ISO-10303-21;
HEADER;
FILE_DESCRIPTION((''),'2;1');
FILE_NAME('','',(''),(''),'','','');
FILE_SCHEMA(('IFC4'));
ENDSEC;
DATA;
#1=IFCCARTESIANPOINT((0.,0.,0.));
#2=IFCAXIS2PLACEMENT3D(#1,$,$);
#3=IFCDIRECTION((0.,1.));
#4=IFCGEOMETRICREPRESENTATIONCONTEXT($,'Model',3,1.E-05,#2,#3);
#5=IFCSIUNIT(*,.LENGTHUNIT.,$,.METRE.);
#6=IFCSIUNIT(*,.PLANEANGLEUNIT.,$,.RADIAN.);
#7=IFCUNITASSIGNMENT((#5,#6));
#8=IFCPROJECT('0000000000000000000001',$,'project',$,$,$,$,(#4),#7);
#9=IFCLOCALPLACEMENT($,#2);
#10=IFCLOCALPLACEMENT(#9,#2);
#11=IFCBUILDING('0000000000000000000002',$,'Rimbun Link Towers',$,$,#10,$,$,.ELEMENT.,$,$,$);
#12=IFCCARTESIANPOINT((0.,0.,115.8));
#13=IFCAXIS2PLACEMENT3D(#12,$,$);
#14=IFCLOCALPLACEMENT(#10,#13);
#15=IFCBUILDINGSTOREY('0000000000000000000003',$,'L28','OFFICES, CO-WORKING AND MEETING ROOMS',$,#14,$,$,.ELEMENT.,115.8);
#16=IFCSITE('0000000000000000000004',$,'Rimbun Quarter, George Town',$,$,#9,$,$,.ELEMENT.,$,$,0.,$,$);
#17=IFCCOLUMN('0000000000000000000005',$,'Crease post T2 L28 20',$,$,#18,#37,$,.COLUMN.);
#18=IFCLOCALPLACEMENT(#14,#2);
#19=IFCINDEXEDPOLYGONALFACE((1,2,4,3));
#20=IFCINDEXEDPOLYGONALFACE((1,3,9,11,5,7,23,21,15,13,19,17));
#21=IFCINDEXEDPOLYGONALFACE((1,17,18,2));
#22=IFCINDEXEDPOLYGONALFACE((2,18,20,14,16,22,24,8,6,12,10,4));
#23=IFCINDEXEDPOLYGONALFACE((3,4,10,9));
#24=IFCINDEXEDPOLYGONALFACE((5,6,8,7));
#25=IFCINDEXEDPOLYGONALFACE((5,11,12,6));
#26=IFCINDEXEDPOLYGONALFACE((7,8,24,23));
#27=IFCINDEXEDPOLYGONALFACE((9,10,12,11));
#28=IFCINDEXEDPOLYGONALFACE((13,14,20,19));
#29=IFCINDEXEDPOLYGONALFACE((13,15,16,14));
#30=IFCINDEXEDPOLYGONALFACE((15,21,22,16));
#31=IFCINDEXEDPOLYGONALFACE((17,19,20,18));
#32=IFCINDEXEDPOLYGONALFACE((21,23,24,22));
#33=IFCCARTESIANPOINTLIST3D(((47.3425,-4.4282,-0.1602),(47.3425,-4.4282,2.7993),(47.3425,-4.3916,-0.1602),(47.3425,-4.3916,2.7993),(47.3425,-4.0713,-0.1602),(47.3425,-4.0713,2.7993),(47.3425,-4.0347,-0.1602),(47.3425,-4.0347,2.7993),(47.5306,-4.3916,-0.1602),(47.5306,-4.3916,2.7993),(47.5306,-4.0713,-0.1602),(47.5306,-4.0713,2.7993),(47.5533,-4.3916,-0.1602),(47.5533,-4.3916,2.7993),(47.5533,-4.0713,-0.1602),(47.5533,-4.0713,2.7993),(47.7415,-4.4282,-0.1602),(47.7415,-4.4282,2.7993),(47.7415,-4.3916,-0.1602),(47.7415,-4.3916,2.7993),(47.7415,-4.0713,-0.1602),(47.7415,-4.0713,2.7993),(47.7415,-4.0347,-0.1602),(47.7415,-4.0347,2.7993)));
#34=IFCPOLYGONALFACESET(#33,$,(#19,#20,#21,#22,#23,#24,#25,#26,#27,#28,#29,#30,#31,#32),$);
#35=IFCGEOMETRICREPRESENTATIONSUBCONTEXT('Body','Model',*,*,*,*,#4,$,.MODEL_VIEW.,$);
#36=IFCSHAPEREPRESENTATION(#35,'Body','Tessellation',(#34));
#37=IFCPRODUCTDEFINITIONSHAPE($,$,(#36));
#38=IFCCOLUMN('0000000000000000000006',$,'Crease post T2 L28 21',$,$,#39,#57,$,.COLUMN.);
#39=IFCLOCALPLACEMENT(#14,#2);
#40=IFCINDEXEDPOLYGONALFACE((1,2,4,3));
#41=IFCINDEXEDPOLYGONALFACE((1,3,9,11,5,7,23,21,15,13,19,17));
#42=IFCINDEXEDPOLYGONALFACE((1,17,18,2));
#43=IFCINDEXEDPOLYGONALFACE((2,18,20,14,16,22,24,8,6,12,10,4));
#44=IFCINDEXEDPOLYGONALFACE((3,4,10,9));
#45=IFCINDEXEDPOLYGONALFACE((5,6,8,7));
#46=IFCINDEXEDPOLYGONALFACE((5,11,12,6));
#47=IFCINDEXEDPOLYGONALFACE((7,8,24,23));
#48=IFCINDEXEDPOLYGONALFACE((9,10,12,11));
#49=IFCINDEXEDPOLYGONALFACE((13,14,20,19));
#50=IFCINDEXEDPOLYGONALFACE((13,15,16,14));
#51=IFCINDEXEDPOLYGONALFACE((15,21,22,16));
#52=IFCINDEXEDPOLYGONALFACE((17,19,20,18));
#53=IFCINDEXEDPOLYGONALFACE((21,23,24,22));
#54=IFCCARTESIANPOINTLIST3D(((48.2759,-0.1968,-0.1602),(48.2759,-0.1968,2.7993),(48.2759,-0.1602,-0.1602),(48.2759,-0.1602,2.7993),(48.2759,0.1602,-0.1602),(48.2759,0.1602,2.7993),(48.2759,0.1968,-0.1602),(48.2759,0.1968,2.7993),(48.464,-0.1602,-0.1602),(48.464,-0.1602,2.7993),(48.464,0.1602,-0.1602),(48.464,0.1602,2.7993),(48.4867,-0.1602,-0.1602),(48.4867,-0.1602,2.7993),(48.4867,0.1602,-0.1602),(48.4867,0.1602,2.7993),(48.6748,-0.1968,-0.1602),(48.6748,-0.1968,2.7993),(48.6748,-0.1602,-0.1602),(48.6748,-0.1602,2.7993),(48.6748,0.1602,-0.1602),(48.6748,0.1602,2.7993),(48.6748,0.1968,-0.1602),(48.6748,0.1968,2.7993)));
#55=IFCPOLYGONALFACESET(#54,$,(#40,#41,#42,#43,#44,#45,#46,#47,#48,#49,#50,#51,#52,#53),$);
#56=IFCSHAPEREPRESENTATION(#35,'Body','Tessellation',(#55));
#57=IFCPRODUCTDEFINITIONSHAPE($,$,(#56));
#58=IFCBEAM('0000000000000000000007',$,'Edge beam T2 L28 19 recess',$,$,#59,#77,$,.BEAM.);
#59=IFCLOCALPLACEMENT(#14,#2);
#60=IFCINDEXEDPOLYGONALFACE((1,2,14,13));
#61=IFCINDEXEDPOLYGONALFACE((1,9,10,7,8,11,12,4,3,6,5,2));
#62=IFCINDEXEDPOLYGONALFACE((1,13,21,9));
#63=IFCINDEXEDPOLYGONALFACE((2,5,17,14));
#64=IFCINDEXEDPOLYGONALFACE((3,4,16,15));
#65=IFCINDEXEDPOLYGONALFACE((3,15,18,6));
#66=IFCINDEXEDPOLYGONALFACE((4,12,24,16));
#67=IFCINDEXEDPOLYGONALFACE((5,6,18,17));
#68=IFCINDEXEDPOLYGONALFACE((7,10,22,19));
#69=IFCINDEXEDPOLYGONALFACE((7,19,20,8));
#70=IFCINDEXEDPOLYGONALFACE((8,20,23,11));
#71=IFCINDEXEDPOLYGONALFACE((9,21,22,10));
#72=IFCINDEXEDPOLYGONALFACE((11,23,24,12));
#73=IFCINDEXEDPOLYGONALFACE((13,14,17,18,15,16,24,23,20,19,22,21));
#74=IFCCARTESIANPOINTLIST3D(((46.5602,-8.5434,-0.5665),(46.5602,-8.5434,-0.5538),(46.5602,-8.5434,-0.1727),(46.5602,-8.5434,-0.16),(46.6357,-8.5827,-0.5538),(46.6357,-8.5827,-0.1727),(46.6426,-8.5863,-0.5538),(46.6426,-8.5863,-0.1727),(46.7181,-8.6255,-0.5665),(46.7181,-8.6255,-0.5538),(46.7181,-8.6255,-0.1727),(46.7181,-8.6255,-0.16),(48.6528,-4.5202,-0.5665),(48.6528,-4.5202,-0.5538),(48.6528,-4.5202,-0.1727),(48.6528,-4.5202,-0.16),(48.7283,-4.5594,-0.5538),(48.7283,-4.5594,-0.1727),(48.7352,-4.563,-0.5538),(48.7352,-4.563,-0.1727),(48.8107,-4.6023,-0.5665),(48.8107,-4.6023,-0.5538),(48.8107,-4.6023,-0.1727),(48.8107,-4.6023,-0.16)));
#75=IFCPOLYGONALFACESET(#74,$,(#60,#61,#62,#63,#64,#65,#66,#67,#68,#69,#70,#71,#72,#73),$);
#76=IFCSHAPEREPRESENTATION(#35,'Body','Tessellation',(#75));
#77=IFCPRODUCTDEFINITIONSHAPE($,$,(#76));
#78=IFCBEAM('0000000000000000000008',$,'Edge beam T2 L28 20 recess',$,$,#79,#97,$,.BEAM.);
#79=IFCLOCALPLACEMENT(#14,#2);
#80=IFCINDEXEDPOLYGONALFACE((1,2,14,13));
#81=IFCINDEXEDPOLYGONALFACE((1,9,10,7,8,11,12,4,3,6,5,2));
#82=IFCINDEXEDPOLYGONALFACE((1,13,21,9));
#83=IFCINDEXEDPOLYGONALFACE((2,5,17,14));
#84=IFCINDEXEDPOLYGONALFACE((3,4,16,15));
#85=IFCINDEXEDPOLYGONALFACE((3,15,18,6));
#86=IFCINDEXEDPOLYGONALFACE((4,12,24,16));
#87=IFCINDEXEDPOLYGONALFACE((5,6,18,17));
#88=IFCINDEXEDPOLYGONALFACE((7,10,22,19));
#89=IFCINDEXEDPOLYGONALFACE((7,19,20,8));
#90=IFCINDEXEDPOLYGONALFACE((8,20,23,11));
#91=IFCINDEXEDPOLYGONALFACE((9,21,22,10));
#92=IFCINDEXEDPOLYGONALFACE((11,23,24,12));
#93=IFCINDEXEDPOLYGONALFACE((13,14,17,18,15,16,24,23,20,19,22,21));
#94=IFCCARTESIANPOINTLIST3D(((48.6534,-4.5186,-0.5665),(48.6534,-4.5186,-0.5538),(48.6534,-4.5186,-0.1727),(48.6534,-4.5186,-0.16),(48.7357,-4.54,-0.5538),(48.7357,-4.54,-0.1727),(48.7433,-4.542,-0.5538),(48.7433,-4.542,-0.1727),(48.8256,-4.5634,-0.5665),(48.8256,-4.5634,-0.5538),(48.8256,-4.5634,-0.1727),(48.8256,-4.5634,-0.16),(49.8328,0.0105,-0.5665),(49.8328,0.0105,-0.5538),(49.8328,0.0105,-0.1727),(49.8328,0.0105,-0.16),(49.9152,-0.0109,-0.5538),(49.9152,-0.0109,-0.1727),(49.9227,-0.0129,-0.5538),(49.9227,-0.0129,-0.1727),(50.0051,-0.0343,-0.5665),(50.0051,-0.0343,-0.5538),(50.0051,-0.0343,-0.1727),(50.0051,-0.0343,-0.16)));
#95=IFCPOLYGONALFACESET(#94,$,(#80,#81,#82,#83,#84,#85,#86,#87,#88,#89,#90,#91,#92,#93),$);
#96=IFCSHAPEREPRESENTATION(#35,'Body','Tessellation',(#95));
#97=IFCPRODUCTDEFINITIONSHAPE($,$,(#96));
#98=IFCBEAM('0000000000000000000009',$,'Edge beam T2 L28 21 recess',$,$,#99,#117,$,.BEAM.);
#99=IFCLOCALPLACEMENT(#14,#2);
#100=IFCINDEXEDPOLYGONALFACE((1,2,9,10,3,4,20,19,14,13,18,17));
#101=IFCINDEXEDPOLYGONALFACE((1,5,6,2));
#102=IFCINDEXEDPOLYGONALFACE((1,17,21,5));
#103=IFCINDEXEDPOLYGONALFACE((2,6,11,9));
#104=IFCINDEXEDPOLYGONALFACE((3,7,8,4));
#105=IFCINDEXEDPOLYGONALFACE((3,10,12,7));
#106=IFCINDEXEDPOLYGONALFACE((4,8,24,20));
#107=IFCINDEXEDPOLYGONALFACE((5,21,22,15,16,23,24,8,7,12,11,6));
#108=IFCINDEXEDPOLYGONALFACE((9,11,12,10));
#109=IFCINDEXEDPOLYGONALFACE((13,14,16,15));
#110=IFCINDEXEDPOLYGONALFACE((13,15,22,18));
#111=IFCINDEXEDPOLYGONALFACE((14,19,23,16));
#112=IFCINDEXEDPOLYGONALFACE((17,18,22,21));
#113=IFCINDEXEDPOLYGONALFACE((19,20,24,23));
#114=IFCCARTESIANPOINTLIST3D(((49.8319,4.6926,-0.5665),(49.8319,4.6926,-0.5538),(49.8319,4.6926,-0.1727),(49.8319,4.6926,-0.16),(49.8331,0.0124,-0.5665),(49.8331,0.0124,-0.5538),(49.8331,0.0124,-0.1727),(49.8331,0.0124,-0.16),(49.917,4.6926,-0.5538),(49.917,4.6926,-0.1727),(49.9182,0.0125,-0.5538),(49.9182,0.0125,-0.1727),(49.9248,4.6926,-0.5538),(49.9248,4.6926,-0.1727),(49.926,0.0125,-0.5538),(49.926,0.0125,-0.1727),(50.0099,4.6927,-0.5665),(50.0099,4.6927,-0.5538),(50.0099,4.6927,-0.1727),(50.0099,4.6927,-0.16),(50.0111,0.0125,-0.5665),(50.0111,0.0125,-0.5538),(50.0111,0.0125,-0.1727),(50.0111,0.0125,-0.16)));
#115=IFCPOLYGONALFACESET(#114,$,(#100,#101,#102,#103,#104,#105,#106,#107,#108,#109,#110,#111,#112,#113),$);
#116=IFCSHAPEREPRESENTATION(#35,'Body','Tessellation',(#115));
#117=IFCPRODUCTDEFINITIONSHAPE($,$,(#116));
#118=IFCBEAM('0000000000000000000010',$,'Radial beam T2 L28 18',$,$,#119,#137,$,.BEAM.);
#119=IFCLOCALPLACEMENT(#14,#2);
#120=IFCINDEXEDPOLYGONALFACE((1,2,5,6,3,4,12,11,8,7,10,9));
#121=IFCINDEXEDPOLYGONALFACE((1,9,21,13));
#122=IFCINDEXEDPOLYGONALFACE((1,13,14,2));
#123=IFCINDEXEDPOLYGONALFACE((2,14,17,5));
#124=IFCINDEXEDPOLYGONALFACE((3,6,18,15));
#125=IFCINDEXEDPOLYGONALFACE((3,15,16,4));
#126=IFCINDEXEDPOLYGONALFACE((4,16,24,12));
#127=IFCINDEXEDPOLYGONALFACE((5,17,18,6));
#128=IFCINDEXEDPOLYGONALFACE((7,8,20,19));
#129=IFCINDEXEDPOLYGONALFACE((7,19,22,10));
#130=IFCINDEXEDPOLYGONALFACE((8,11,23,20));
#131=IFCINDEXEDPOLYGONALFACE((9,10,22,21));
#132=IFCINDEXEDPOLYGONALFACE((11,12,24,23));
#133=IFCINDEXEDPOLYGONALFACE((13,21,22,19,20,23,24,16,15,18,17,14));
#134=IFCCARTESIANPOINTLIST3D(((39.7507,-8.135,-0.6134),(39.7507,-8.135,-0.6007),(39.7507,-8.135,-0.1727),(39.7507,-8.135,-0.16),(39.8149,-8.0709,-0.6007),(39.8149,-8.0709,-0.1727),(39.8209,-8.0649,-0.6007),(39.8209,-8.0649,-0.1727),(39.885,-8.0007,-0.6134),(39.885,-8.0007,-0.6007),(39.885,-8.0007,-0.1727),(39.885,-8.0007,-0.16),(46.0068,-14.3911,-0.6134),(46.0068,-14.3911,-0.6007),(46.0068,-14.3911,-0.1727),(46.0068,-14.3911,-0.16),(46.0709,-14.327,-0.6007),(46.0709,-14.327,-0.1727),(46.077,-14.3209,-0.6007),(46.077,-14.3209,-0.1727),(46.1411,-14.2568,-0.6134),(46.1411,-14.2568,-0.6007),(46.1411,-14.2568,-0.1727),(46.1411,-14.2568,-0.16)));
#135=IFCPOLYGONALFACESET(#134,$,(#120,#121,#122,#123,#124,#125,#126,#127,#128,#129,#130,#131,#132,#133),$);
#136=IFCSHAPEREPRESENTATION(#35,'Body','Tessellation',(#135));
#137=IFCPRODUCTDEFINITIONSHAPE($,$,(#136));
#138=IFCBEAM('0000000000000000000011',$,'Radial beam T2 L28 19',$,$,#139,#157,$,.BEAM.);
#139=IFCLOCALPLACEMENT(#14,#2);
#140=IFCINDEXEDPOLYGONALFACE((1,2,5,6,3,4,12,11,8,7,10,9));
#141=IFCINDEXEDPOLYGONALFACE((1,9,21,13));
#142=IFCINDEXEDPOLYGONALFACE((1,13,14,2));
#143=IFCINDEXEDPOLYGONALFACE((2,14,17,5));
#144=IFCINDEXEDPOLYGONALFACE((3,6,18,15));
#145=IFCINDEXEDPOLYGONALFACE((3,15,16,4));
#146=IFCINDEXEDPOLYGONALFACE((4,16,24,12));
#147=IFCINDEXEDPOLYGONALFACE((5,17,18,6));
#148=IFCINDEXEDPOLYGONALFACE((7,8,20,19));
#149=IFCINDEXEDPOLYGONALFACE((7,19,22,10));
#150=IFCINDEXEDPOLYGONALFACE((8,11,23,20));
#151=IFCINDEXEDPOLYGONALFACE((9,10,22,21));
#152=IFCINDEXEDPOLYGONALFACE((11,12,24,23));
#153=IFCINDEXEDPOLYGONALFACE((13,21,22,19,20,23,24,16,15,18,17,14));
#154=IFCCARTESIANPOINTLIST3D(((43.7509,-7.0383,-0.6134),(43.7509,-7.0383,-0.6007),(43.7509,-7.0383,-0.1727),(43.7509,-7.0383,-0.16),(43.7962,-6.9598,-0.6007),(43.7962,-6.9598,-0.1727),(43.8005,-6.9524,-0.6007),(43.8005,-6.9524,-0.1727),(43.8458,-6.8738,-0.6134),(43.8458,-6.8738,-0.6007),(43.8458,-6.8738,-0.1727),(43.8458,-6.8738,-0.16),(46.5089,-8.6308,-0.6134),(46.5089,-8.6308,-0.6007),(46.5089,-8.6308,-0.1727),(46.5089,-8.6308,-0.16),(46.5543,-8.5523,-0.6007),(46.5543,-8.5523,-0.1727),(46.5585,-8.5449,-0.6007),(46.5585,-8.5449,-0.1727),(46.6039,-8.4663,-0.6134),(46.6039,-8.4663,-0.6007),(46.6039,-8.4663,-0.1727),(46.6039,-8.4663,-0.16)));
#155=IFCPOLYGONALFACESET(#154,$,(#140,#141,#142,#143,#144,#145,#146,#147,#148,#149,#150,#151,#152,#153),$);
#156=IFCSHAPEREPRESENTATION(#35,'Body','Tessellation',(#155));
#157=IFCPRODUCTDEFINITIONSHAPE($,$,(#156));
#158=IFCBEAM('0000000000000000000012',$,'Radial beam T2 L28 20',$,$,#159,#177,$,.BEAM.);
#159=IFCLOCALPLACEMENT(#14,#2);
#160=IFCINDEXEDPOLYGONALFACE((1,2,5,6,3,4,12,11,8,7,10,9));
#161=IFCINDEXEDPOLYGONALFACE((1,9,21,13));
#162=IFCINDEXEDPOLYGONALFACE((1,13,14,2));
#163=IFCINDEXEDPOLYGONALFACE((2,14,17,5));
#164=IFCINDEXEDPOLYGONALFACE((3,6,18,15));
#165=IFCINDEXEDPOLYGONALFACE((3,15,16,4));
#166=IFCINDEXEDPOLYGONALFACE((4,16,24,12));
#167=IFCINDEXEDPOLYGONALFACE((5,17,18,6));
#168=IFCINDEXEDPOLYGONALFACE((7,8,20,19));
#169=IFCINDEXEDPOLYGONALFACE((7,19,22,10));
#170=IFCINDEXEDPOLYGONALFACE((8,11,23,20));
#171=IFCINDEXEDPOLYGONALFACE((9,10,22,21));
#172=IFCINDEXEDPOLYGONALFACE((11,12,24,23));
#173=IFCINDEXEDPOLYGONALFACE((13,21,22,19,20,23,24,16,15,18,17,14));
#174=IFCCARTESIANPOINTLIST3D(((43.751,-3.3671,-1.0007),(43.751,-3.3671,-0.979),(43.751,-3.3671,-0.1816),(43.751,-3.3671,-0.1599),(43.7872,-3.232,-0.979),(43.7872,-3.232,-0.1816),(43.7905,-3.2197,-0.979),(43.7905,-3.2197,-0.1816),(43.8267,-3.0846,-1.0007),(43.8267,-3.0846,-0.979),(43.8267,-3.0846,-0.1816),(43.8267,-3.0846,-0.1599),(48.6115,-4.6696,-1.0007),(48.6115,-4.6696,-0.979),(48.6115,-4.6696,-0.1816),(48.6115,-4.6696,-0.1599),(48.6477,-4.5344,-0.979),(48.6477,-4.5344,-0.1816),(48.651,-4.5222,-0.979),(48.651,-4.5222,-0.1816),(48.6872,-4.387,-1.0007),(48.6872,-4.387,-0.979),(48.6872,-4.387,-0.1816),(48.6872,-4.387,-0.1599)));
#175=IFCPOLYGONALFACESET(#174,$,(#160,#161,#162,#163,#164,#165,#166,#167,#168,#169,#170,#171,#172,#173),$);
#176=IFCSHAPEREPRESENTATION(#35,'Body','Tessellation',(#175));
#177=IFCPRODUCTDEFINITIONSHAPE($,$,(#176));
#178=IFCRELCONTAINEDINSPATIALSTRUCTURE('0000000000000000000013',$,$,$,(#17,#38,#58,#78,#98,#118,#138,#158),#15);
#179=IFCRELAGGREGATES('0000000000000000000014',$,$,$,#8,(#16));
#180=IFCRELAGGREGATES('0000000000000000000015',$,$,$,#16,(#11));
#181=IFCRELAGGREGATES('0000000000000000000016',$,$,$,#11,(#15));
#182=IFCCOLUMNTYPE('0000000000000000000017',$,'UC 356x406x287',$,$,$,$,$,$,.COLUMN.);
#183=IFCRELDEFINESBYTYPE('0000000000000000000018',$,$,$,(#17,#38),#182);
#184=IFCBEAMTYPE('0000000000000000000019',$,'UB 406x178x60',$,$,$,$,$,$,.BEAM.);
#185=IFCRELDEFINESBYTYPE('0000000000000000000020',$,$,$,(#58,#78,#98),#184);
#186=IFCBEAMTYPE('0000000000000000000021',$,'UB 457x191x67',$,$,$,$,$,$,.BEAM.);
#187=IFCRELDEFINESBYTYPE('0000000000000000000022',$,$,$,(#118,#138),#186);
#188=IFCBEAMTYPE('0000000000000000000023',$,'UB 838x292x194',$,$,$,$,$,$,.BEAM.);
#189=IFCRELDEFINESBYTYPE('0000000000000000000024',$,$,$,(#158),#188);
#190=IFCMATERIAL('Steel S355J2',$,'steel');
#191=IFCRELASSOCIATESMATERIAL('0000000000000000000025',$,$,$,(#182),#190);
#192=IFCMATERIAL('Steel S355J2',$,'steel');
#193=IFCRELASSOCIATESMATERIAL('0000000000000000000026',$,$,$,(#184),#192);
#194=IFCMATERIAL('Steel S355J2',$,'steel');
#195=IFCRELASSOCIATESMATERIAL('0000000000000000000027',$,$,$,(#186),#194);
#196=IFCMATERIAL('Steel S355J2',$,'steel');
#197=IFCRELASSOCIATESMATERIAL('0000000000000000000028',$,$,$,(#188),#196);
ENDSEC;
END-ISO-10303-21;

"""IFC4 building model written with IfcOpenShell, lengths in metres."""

from ifc_helpers import new_model, si_unit, direction, frame, origin, origin_2d, place, context, subcontext, project, spatial, i_section, extrude, material, material_profile, profile_set, type_object, element, save


model = new_model("IFC4")

# Units and contexts
model_context = context("Model", 3, precision=1e-05, world=origin(), true_north=direction((0.0, 1.0)))
body_context = subcontext(model_context, "Body", "Model", "MODEL_VIEW")
ifc_project = project(units=[si_unit("LENGTHUNIT", "METRE"), si_unit("PLANEANGLEUNIT", "RADIAN")], contexts=[model_context])

# Site, building, storey
site_placement = place(None, origin())
site = spatial("IfcSite", under=ifc_project, at=site_placement, Name="Rimbun Quarter, George Town", CompositionType="ELEMENT", RefElevation=0.0)
building_placement = place(site_placement, origin())
building = spatial("IfcBuilding", under=site, at=building_placement, Name="Rimbun Link Towers", CompositionType="ELEMENT")
storey_placement = place(building_placement, frame((0.0, 0.0, 115.8)))
storey = spatial("IfcBuildingStorey", under=building, at=storey_placement, Name="L28", Description="OFFICES, CO-WORKING AND MEETING ROOMS", CompositionType="ELEMENT", Elevation=115.8)

# Columns
ifc_material_1 = material(Name="Steel S355J2", Category="steel")
ifc_material_profile_1 = material_profile(ifc_material_1, i_section(OverallWidth=0.3989, OverallDepth=0.3936, WebThickness=0.0227, FlangeThickness=0.0366, at=origin_2d()), Name="UC 356x406x287")
ifc_profile_set_1 = profile_set([ifc_material_profile_1], Name="Steel S355J2")
column_type = type_object("IfcColumnType", Name="UC 356x406x287", PredefinedType="COLUMN", material=ifc_profile_set_1)
for number, where, z_axis, x_axis, name in (
    (1, (47.542, -4.2314, -0.1602), (0.0, 0.0, 1.0), (1.0, 0.0, 0.0), "Crease post T2 L28 20"),
    (2, (48.4753, 0.0, -0.1602), (0.0, 0.0, 1.0), (1.0, 0.0, 0.0), "Crease post T2 L28 21"),
):
    element("IfcColumn", number, at=place(storey_placement, frame(where, z_axis=z_axis, x_axis=x_axis)), inside=storey, type_object=column_type, Name=name, PredefinedType="COLUMN", context=body_context, shape_type="SweptSolid", body=[
        extrude(i_section(OverallWidth=0.3989, OverallDepth=0.3936, WebThickness=0.0227, FlangeThickness=0.0366, at=origin_2d()), origin(), (0.0, 0.0, 1.0), 2.9595),
    ])

# Beams
ifc_material_2 = material(Name="Steel S355J2", Category="steel")
ifc_material_profile_2 = material_profile(ifc_material_2, i_section(OverallWidth=0.178, OverallDepth=0.4065, WebThickness=0.0078, FlangeThickness=0.0127, at=origin_2d()), Name="UB 406x178x60")
ifc_profile_set_2 = profile_set([ifc_material_profile_2], Name="Steel S355J2")
beam_type_1 = type_object("IfcBeamType", Name="UB 406x178x60", PredefinedType="BEAM", material=ifc_profile_set_2)
beam_1_placement = place(storey_placement, frame((46.6392, -8.5845, -0.3633), z_axis=(0.461434, 0.887174, 0.0), x_axis=(-0.887174, 0.461434, 0.0)))
element("IfcBeam", 3, at=beam_1_placement, inside=storey, type_object=beam_type_1, Name="Edge beam T2 L28 19 recess", PredefinedType="BEAM", context=body_context, shape_type="SweptSolid", body=[
    extrude(i_section(OverallWidth=0.178, OverallDepth=0.4065, WebThickness=0.0078, FlangeThickness=0.0127, at=origin_2d()), origin(), (0.0, 0.0, 1.0), 4.5349),
])
for number, where, z_axis, x_axis, name in (
    (4, (48.7395, -4.541, -0.3633), (0.252012, 0.967724, 0.0), (-0.967724, 0.252012, 0.0), "Edge beam T2 L28 20 recess"),
    (5, (49.9221, 0.0125, -0.3633), (-0.000261, 1.0, 0.0), (-1.0, -0.000261, 0.0), "Edge beam T2 L28 21 recess"),
):
    element("IfcBeam", number, at=place(storey_placement, frame(where, z_axis=z_axis, x_axis=x_axis)), inside=storey, type_object=beam_type_1, Name=name, PredefinedType="BEAM", context=body_context, shape_type="SweptSolid", body=[
        extrude(i_section(OverallWidth=0.178, OverallDepth=0.4065, WebThickness=0.0078, FlangeThickness=0.0127, at=origin_2d()), origin(), (0.0, 0.0, 1.0), 4.6802),
    ])
ifc_material_3 = material(Name="Steel S355J2", Category="steel")
ifc_material_profile_3 = material_profile(ifc_material_3, i_section(OverallWidth=0.1899, OverallDepth=0.4534, WebThickness=0.0085, FlangeThickness=0.0127, at=origin_2d()), Name="UB 457x191x67")
ifc_profile_set_3 = profile_set([ifc_material_profile_3], Name="Steel S355J2")
beam_type_2 = type_object("IfcBeamType", Name="UB 457x191x67", PredefinedType="BEAM", material=ifc_profile_set_3)
beam_2_placement = place(storey_placement, frame((39.8179, -8.0679, -0.3867), z_axis=(0.707107, -0.707107, 0.0), x_axis=(0.707107, 0.707107, 0.0)))
element("IfcBeam", 6, at=beam_2_placement, inside=storey, type_object=beam_type_2, Name="Radial beam T2 L28 18", PredefinedType="BEAM", context=body_context, shape_type="SweptSolid", body=[
    extrude(i_section(OverallWidth=0.1899, OverallDepth=0.4534, WebThickness=0.0085, FlangeThickness=0.0127, at=origin_2d()), origin(), (0.0, 0.0, 1.0), 8.8474),
])
beam_3_placement = place(storey_placement, frame((43.7983, -6.9561, -0.3867), z_axis=(0.866003, -0.500039, 0.0), x_axis=(0.500039, 0.866003, 0.0)))
element("IfcBeam", 7, at=beam_3_placement, inside=storey, type_object=beam_type_2, Name="Radial beam T2 L28 19", PredefinedType="BEAM", context=body_context, shape_type="SweptSolid", body=[
    extrude(i_section(OverallWidth=0.1899, OverallDepth=0.4534, WebThickness=0.0085, FlangeThickness=0.0127, at=origin_2d()), origin(), (0.0, 0.0, 1.0), 3.1848),
])
ifc_material_4 = material(Name="Steel S355J2", Category="steel")
ifc_material_profile_4 = material_profile(ifc_material_4, i_section(OverallWidth=0.2925, OverallDepth=0.8408, WebThickness=0.0127, FlangeThickness=0.0217, at=origin_2d()), Name="UB 838x292x194")
ifc_profile_set_4 = profile_set([ifc_material_profile_4], Name="Steel S355J2")
beam_type_3 = type_object("IfcBeamType", Name="UB 838x292x194", PredefinedType="BEAM", material=ifc_profile_set_4)
beam_4_placement = place(storey_placement, frame((43.7888, -3.2258, -0.5803), z_axis=(0.965921, -0.258837, 0.0), x_axis=(0.258837, 0.965921, 0.0)))
element("IfcBeam", 8, at=beam_4_placement, inside=storey, type_object=beam_type_3, Name="Radial beam T2 L28 20", PredefinedType="BEAM", context=body_context, shape_type="SweptSolid", body=[
    extrude(i_section(OverallWidth=0.2925, OverallDepth=0.8408, WebThickness=0.0127, FlangeThickness=0.0217, at=origin_2d()), origin(), (0.0, 0.0, 1.0), 5.032),
])

save(model, "model.ifc")
